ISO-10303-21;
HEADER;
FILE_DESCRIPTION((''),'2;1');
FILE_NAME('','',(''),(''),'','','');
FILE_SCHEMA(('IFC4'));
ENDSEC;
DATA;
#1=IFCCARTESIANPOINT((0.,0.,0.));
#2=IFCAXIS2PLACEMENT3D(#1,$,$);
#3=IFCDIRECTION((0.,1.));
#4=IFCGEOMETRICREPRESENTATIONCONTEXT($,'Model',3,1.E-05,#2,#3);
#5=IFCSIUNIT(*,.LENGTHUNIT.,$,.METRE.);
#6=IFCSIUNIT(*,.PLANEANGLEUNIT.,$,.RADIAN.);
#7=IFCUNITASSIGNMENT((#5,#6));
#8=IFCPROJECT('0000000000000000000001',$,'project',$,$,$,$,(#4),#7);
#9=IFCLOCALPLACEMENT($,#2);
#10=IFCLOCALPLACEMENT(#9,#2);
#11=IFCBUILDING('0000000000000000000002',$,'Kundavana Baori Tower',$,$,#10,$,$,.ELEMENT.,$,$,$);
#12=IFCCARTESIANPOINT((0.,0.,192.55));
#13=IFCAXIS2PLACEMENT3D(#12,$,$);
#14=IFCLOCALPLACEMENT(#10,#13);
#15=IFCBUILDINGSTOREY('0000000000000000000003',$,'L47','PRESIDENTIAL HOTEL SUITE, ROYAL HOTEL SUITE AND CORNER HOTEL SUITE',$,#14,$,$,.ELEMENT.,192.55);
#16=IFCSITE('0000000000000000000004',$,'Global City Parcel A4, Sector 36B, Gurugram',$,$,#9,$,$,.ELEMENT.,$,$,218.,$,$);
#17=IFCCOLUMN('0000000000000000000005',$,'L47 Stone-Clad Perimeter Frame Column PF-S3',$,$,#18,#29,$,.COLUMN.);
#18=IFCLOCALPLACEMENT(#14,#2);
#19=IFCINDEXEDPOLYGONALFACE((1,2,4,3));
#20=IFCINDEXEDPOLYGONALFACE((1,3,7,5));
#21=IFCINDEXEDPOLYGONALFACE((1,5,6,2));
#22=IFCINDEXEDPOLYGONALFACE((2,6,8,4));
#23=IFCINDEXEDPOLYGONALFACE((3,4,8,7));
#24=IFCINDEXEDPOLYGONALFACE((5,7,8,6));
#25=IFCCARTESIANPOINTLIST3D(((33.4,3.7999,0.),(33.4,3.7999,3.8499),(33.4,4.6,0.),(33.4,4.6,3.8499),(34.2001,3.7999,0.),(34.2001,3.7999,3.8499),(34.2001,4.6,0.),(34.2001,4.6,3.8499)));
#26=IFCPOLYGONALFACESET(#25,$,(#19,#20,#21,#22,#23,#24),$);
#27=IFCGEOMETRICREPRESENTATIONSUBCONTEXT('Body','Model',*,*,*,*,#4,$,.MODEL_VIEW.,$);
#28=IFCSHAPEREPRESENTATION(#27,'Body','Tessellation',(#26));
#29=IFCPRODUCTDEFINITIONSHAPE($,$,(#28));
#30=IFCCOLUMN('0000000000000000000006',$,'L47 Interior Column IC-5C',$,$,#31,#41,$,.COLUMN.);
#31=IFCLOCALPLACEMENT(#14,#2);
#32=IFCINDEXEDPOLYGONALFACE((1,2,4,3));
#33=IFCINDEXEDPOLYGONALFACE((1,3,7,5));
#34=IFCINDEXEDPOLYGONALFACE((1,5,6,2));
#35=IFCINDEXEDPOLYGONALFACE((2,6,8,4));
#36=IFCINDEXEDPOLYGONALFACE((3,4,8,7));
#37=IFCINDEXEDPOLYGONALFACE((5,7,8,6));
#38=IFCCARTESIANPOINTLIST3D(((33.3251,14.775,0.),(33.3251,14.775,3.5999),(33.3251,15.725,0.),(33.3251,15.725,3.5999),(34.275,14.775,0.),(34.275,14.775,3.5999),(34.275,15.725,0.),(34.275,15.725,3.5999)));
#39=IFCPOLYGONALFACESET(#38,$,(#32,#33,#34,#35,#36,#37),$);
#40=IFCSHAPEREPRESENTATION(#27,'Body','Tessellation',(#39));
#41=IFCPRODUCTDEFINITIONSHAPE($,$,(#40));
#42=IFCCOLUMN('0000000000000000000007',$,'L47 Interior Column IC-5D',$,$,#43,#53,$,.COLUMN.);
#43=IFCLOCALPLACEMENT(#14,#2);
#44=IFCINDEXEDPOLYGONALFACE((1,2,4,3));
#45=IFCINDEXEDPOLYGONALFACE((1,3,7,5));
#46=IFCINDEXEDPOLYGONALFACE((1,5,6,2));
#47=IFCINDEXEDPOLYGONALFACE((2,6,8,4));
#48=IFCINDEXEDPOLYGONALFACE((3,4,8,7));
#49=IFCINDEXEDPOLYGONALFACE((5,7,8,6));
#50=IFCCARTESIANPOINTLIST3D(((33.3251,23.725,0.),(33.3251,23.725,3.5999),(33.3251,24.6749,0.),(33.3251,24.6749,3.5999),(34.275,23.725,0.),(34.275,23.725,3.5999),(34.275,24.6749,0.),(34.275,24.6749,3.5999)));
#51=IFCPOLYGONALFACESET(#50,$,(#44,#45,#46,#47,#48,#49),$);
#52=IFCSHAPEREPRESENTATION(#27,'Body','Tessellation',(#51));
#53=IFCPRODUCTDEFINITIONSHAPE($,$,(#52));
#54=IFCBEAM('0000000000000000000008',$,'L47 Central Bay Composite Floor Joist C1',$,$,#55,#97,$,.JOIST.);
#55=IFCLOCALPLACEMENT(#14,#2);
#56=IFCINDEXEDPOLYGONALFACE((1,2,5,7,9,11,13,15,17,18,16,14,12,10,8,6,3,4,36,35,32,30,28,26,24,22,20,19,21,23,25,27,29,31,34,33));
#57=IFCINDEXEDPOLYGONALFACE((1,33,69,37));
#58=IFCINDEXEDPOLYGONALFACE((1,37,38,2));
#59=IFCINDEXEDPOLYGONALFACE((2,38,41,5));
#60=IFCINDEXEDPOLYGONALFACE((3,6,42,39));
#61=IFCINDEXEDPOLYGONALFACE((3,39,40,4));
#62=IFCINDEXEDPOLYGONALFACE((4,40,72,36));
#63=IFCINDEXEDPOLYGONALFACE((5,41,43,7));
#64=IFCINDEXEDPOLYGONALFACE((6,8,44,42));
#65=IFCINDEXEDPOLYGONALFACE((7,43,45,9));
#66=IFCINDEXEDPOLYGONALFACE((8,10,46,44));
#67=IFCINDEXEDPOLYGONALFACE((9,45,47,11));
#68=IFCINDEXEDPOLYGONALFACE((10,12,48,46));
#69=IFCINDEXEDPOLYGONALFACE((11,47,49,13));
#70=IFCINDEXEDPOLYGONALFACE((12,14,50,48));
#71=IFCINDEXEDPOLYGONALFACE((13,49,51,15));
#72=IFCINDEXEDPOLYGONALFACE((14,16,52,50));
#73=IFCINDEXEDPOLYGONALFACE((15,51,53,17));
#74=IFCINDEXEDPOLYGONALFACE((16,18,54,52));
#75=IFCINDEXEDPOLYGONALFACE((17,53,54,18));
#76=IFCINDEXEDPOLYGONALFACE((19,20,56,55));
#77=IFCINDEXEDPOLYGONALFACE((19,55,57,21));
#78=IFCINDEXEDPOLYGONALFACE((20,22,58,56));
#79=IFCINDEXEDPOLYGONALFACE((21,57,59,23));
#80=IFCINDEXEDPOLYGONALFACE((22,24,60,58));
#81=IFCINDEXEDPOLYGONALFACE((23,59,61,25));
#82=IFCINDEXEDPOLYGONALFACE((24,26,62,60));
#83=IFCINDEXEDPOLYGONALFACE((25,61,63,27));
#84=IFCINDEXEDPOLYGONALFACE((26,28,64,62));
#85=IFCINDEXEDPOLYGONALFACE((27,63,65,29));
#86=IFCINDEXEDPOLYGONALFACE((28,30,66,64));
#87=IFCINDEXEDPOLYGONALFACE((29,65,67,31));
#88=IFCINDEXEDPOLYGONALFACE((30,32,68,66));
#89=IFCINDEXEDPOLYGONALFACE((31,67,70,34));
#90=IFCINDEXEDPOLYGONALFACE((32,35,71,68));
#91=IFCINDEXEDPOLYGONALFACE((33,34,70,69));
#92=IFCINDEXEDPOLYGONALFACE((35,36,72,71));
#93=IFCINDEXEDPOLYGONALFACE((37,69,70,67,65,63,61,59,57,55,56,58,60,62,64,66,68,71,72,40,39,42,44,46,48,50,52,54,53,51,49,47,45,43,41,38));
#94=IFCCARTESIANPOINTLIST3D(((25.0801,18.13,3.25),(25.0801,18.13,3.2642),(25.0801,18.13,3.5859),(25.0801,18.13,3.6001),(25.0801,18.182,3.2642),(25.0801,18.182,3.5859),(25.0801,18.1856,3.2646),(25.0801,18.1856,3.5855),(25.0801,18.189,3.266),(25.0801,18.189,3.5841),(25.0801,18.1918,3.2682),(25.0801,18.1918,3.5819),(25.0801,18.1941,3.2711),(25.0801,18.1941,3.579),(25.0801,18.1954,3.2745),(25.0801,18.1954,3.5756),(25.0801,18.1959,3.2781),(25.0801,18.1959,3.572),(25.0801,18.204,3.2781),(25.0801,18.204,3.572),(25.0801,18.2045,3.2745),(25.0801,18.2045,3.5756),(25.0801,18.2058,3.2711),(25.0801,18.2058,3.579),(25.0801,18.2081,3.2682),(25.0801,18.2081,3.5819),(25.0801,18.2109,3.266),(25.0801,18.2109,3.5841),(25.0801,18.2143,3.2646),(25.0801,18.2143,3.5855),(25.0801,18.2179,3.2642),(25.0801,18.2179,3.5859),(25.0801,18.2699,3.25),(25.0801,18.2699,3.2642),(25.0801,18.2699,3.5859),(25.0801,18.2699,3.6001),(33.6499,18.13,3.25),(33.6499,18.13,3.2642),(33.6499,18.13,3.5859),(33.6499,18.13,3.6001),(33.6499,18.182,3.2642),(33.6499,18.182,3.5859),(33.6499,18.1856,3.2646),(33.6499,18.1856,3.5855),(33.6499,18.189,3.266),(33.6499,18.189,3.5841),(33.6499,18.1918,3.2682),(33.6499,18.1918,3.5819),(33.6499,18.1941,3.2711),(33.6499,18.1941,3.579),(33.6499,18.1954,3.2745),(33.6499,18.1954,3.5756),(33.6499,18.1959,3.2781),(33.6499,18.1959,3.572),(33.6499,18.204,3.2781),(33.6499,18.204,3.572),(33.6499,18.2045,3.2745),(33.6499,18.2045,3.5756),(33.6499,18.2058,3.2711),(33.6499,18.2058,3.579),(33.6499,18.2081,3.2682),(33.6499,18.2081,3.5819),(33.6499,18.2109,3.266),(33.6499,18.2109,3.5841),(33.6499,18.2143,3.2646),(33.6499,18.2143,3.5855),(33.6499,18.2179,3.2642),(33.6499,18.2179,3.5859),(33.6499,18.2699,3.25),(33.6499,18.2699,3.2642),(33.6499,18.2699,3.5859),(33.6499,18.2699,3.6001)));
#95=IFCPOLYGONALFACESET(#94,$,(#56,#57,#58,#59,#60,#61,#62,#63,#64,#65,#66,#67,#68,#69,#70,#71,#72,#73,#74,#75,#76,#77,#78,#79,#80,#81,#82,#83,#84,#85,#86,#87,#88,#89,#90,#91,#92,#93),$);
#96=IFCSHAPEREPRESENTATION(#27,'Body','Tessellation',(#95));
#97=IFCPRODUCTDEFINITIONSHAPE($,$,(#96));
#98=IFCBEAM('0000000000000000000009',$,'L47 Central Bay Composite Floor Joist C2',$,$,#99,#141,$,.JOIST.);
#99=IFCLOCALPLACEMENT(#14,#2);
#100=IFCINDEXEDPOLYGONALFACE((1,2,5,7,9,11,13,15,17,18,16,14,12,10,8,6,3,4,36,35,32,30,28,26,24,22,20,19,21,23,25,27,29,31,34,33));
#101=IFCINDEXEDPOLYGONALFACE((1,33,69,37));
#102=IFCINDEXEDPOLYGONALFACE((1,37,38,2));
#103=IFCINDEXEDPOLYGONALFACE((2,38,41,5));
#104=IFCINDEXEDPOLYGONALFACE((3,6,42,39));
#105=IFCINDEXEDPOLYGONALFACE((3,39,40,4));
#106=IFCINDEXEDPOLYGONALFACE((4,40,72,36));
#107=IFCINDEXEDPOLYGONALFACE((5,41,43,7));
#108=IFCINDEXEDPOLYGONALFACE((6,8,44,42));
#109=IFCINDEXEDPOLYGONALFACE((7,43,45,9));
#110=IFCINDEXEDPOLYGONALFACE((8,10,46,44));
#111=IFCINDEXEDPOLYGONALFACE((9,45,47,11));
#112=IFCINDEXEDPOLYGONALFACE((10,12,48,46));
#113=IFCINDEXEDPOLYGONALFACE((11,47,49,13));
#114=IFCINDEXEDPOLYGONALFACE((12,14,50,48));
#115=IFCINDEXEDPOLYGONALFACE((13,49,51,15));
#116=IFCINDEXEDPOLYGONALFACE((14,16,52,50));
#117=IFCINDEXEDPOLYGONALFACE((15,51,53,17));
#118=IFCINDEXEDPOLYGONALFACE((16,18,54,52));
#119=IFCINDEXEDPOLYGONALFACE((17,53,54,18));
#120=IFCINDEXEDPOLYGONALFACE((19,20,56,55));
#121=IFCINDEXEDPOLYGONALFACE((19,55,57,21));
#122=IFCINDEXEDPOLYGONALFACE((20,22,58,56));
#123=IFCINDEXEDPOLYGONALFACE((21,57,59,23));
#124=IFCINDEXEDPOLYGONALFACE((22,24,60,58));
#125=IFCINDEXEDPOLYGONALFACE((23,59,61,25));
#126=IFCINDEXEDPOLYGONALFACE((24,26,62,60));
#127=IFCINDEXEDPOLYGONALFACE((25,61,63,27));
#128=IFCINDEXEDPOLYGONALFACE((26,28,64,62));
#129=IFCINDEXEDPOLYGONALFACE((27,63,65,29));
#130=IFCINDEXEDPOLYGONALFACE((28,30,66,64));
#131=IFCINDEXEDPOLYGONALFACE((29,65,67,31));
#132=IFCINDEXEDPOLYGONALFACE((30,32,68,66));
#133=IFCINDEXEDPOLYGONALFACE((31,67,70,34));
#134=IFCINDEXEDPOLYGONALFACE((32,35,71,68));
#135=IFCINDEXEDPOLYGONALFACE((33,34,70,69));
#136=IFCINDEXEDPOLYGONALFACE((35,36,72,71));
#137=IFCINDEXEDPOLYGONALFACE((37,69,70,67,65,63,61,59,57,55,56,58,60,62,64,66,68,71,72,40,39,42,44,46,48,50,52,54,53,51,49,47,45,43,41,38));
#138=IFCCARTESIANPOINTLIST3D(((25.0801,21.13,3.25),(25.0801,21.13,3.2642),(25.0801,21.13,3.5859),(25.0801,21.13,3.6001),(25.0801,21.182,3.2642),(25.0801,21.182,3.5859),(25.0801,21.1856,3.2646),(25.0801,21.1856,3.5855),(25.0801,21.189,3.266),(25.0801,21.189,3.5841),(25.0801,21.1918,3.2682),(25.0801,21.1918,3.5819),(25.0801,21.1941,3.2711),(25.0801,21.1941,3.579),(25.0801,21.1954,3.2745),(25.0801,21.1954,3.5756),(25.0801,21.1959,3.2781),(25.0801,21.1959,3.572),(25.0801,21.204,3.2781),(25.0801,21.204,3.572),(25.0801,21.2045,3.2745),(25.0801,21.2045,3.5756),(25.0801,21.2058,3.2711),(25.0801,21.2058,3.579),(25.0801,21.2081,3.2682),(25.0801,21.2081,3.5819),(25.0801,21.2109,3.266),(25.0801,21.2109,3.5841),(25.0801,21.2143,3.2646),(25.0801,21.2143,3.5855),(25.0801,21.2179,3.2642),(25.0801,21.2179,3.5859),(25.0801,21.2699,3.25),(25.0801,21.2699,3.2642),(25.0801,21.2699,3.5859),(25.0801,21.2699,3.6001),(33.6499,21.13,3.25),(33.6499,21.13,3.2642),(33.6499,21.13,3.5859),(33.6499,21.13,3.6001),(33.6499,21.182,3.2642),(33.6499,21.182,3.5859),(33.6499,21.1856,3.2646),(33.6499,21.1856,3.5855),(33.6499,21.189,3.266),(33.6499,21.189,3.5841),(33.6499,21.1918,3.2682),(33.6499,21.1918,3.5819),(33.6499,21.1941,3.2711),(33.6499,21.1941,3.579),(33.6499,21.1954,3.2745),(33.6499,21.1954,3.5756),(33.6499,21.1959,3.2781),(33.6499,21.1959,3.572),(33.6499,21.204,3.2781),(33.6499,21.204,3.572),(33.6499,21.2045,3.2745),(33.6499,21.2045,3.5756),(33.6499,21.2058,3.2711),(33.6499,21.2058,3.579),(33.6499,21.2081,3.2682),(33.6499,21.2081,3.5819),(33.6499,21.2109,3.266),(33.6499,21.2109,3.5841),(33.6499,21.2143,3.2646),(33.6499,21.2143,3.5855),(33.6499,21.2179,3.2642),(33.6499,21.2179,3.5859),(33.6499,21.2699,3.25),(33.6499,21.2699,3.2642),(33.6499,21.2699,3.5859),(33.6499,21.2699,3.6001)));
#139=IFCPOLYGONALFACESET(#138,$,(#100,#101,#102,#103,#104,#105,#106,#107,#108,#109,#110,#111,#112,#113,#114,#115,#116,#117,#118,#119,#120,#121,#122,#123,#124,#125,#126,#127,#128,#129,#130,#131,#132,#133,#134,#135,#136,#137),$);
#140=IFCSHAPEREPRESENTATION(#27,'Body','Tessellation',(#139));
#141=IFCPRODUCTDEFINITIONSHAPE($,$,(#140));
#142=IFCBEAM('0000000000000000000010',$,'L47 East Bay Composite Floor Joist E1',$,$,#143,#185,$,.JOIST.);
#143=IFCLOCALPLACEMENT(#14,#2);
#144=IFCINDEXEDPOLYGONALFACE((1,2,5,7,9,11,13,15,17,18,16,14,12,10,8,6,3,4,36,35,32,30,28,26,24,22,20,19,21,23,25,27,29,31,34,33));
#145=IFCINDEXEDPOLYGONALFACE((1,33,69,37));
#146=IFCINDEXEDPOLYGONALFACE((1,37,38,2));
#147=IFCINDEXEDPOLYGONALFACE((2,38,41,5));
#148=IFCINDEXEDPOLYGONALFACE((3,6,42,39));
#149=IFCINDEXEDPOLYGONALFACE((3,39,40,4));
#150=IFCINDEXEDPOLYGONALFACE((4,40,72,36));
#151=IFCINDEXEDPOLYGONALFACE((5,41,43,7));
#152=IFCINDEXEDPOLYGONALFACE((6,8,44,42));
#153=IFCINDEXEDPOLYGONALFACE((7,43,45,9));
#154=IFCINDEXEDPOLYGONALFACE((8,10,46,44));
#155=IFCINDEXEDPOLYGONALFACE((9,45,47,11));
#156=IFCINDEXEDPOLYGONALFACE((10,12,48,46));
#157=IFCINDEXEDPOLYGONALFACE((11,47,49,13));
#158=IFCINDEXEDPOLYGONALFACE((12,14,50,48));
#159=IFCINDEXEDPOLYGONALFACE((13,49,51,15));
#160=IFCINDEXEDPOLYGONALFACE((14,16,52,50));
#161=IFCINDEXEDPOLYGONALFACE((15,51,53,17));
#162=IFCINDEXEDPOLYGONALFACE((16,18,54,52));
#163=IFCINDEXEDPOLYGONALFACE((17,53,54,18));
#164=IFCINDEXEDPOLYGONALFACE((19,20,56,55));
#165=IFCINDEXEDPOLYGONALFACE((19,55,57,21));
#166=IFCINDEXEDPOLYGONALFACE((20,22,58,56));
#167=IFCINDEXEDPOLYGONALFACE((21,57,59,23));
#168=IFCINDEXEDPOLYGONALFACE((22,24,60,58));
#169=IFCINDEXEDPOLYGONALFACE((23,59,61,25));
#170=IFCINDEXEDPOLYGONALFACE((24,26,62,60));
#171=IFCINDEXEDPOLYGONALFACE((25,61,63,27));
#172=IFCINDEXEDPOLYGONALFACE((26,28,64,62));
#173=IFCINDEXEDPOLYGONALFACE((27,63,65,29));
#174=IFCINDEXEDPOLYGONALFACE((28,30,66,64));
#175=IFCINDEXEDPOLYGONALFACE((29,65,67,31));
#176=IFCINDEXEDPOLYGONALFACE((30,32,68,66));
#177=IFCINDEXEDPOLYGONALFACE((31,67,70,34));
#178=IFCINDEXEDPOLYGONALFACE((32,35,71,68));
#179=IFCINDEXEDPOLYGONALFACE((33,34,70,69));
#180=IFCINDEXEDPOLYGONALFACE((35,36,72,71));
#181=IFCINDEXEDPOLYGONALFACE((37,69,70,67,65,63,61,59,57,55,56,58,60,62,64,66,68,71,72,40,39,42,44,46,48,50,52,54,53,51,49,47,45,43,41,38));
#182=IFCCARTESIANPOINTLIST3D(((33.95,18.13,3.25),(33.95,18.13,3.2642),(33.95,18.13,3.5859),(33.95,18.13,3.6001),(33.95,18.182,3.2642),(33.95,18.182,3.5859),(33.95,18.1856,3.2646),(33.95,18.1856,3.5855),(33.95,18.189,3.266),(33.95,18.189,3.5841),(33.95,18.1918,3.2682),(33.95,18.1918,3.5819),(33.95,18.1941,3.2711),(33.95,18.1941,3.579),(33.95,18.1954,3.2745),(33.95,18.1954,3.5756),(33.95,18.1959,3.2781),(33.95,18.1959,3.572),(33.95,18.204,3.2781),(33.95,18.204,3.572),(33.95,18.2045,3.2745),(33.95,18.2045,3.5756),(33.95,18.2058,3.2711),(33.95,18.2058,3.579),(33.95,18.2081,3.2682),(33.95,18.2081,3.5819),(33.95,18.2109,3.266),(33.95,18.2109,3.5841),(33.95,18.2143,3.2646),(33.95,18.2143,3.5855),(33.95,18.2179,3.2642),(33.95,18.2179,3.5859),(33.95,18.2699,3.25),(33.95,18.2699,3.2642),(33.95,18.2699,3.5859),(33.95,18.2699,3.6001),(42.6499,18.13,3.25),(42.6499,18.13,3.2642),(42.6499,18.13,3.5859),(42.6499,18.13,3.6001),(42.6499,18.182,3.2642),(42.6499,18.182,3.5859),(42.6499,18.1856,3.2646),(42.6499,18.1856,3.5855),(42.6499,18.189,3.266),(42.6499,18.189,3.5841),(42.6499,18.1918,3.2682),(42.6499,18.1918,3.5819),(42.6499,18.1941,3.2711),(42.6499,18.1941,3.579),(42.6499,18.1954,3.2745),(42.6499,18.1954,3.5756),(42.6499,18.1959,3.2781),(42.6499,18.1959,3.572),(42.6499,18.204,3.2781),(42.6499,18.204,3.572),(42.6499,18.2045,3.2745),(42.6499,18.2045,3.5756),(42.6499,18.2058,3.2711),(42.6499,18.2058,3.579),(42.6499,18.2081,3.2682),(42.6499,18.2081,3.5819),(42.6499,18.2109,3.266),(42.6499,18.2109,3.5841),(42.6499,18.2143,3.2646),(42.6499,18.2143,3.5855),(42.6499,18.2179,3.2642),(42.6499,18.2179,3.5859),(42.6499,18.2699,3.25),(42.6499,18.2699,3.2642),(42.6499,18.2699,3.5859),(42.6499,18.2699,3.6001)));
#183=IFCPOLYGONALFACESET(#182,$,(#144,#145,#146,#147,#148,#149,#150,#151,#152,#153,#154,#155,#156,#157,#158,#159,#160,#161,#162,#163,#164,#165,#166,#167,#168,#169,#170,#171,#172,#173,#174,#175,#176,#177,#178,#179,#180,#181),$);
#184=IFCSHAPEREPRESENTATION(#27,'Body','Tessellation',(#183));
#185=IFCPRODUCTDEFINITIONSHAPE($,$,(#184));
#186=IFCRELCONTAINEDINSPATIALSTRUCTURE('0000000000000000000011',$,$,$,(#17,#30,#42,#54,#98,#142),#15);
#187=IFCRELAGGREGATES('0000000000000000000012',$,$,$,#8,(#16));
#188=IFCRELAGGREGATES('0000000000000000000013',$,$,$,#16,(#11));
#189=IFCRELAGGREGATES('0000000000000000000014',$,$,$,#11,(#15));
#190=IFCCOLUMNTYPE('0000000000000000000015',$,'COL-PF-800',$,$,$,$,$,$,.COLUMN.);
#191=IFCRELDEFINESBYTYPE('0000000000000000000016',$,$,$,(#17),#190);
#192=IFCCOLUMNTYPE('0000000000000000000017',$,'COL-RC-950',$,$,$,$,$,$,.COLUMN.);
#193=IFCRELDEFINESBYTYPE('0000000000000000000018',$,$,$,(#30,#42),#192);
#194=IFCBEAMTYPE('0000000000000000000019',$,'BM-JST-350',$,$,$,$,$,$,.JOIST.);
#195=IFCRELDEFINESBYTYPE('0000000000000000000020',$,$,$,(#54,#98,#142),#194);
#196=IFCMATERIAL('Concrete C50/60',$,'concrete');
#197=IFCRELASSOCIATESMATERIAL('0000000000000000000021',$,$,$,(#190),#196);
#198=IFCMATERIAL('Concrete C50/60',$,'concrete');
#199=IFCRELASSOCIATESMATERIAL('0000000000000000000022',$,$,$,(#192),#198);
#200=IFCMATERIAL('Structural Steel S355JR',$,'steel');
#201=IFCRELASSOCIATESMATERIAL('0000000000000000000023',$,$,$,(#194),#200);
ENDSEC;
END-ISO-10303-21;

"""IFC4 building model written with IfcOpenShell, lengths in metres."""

from ifc_helpers import new_model, si_unit, direction, frame, origin, origin_2d, place, context, subcontext, project, spatial, rectangle, i_section, extrude, material, material_profile, profile_set, type_object, element, save


model = new_model("IFC4")

# Units and contexts
model_context = context("Model", 3, precision=1e-05, world=origin(), true_north=direction((0.0, 1.0)))
body_context = subcontext(model_context, "Body", "Model", "MODEL_VIEW")
ifc_project = project(units=[si_unit("LENGTHUNIT", "METRE"), si_unit("PLANEANGLEUNIT", "RADIAN")], contexts=[model_context])

# Site, building, storey
site_placement = place(None, origin())
site = spatial("IfcSite", under=ifc_project, at=site_placement, Name="Global City Parcel A4, Sector 36B, Gurugram", CompositionType="ELEMENT", RefElevation=218.0)
building_placement = place(site_placement, origin())
building = spatial("IfcBuilding", under=site, at=building_placement, Name="Kundavana Baori Tower", CompositionType="ELEMENT")
storey_placement = place(building_placement, frame((0.0, 0.0, 192.55)))
storey = spatial("IfcBuildingStorey", under=building, at=storey_placement, Name="L47", Description="PRESIDENTIAL HOTEL SUITE, ROYAL HOTEL SUITE AND CORNER HOTEL SUITE", CompositionType="ELEMENT", Elevation=192.55)

# Columns
ifc_material_1 = material(Name="Concrete C50/60", Category="concrete")
ifc_material_profile_1 = material_profile(ifc_material_1, rectangle(XDim=0.8, YDim=0.8, at=origin_2d()), Name="RC PF 800x800")
ifc_profile_set_1 = profile_set([ifc_material_profile_1], Name="Concrete C50/60")
column_type_1 = type_object("IfcColumnType", Name="COL-PF-800", PredefinedType="COLUMN", material=ifc_profile_set_1)
column_placement = place(storey_placement, frame((33.8, 4.2, 0.0), z_axis=(0.0, 0.0, 1.0), x_axis=(1.0, 0.0, 0.0)))
element("IfcColumn", 1, at=column_placement, inside=storey, type_object=column_type_1, Name="L47 Stone-Clad Perimeter Frame Column PF-S3", PredefinedType="COLUMN", context=body_context, shape_type="SweptSolid", body=[
    extrude(rectangle(XDim=0.8, YDim=0.8, at=origin_2d()), origin(), (0.0, 0.0, 1.0), 3.8499),
])
ifc_material_2 = material(Name="Concrete C50/60", Category="concrete")
ifc_material_profile_2 = material_profile(ifc_material_2, rectangle(XDim=0.95, YDim=0.95, at=origin_2d()), Name="RC 950x950")
ifc_profile_set_2 = profile_set([ifc_material_profile_2], Name="Concrete C50/60")
column_type_2 = type_object("IfcColumnType", Name="COL-RC-950", PredefinedType="COLUMN", material=ifc_profile_set_2)
for number, where, z_axis, x_axis, name in (
    (2, (33.8, 15.25, 0.0), (0.0, 0.0, 1.0), (1.0, 0.0, 0.0), "L47 Interior Column IC-5C"),
    (3, (33.8, 24.2, 0.0), (0.0, 0.0, 1.0), (1.0, 0.0, 0.0), "L47 Interior Column IC-5D"),
):
    element("IfcColumn", number, at=place(storey_placement, frame(where, z_axis=z_axis, x_axis=x_axis)), inside=storey, type_object=column_type_2, Name=name, PredefinedType="COLUMN", context=body_context, shape_type="SweptSolid", body=[
        extrude(rectangle(XDim=0.95, YDim=0.95, at=origin_2d()), origin(), (0.0, 0.0, 1.0), 3.5999),
    ])

# Beams
ifc_material_3 = material(Name="Structural Steel S355JR", Category="steel")
ifc_material_profile_3 = material_profile(ifc_material_3, i_section(OverallWidth=0.1399, OverallDepth=0.3501, WebThickness=0.0081, FlangeThickness=0.0142, FilletRadius=0.0139, at=origin_2d()), Name="ISMB 350")
ifc_profile_set_3 = profile_set([ifc_material_profile_3], Name="Structural Steel S355JR")
beam_type_1 = type_object("IfcBeamType", Name="BM-JST-350", PredefinedType="JOIST", material=ifc_profile_set_3)
for number, where, z_axis, x_axis, name in (
    (4, (25.0801, 18.2, 3.425), (1.0, 0.0, 0.0), (0.0, 1.0, 0.0), "L47 Central Bay Composite Floor Joist C1"),
    (5, (25.0801, 21.2, 3.425), (1.0, 0.0, 0.0), (0.0, 1.0, 0.0), "L47 Central Bay Composite Floor Joist C2"),
):
    element("IfcBeam", number, at=place(storey_placement, frame(where, z_axis=z_axis, x_axis=x_axis)), inside=storey, type_object=beam_type_1, Name=name, PredefinedType="JOIST", context=body_context, shape_type="SweptSolid", body=[
        extrude(i_section(OverallWidth=0.1399, OverallDepth=0.3501, WebThickness=0.0081, FlangeThickness=0.0142, FilletRadius=0.0139, at=origin_2d()), origin(), (0.0, 0.0, 1.0), 8.5698),
    ])
for number, where, z_axis, x_axis, name in (
    (6, (33.95, 18.2, 3.425), (1.0, 0.0, 0.0), (0.0, 1.0, 0.0), "L47 East Bay Composite Floor Joist E1"),
):
    element("IfcBeam", number, at=place(storey_placement, frame(where, z_axis=z_axis, x_axis=x_axis)), inside=storey, type_object=beam_type_1, Name=name, PredefinedType="JOIST", context=body_context, shape_type="SweptSolid", body=[
        extrude(i_section(OverallWidth=0.1399, OverallDepth=0.3501, WebThickness=0.0081, FlangeThickness=0.0142, FilletRadius=0.0139, at=origin_2d()), origin(), (0.0, 0.0, 1.0), 8.7),
    ])

save(model, "model.ifc")
